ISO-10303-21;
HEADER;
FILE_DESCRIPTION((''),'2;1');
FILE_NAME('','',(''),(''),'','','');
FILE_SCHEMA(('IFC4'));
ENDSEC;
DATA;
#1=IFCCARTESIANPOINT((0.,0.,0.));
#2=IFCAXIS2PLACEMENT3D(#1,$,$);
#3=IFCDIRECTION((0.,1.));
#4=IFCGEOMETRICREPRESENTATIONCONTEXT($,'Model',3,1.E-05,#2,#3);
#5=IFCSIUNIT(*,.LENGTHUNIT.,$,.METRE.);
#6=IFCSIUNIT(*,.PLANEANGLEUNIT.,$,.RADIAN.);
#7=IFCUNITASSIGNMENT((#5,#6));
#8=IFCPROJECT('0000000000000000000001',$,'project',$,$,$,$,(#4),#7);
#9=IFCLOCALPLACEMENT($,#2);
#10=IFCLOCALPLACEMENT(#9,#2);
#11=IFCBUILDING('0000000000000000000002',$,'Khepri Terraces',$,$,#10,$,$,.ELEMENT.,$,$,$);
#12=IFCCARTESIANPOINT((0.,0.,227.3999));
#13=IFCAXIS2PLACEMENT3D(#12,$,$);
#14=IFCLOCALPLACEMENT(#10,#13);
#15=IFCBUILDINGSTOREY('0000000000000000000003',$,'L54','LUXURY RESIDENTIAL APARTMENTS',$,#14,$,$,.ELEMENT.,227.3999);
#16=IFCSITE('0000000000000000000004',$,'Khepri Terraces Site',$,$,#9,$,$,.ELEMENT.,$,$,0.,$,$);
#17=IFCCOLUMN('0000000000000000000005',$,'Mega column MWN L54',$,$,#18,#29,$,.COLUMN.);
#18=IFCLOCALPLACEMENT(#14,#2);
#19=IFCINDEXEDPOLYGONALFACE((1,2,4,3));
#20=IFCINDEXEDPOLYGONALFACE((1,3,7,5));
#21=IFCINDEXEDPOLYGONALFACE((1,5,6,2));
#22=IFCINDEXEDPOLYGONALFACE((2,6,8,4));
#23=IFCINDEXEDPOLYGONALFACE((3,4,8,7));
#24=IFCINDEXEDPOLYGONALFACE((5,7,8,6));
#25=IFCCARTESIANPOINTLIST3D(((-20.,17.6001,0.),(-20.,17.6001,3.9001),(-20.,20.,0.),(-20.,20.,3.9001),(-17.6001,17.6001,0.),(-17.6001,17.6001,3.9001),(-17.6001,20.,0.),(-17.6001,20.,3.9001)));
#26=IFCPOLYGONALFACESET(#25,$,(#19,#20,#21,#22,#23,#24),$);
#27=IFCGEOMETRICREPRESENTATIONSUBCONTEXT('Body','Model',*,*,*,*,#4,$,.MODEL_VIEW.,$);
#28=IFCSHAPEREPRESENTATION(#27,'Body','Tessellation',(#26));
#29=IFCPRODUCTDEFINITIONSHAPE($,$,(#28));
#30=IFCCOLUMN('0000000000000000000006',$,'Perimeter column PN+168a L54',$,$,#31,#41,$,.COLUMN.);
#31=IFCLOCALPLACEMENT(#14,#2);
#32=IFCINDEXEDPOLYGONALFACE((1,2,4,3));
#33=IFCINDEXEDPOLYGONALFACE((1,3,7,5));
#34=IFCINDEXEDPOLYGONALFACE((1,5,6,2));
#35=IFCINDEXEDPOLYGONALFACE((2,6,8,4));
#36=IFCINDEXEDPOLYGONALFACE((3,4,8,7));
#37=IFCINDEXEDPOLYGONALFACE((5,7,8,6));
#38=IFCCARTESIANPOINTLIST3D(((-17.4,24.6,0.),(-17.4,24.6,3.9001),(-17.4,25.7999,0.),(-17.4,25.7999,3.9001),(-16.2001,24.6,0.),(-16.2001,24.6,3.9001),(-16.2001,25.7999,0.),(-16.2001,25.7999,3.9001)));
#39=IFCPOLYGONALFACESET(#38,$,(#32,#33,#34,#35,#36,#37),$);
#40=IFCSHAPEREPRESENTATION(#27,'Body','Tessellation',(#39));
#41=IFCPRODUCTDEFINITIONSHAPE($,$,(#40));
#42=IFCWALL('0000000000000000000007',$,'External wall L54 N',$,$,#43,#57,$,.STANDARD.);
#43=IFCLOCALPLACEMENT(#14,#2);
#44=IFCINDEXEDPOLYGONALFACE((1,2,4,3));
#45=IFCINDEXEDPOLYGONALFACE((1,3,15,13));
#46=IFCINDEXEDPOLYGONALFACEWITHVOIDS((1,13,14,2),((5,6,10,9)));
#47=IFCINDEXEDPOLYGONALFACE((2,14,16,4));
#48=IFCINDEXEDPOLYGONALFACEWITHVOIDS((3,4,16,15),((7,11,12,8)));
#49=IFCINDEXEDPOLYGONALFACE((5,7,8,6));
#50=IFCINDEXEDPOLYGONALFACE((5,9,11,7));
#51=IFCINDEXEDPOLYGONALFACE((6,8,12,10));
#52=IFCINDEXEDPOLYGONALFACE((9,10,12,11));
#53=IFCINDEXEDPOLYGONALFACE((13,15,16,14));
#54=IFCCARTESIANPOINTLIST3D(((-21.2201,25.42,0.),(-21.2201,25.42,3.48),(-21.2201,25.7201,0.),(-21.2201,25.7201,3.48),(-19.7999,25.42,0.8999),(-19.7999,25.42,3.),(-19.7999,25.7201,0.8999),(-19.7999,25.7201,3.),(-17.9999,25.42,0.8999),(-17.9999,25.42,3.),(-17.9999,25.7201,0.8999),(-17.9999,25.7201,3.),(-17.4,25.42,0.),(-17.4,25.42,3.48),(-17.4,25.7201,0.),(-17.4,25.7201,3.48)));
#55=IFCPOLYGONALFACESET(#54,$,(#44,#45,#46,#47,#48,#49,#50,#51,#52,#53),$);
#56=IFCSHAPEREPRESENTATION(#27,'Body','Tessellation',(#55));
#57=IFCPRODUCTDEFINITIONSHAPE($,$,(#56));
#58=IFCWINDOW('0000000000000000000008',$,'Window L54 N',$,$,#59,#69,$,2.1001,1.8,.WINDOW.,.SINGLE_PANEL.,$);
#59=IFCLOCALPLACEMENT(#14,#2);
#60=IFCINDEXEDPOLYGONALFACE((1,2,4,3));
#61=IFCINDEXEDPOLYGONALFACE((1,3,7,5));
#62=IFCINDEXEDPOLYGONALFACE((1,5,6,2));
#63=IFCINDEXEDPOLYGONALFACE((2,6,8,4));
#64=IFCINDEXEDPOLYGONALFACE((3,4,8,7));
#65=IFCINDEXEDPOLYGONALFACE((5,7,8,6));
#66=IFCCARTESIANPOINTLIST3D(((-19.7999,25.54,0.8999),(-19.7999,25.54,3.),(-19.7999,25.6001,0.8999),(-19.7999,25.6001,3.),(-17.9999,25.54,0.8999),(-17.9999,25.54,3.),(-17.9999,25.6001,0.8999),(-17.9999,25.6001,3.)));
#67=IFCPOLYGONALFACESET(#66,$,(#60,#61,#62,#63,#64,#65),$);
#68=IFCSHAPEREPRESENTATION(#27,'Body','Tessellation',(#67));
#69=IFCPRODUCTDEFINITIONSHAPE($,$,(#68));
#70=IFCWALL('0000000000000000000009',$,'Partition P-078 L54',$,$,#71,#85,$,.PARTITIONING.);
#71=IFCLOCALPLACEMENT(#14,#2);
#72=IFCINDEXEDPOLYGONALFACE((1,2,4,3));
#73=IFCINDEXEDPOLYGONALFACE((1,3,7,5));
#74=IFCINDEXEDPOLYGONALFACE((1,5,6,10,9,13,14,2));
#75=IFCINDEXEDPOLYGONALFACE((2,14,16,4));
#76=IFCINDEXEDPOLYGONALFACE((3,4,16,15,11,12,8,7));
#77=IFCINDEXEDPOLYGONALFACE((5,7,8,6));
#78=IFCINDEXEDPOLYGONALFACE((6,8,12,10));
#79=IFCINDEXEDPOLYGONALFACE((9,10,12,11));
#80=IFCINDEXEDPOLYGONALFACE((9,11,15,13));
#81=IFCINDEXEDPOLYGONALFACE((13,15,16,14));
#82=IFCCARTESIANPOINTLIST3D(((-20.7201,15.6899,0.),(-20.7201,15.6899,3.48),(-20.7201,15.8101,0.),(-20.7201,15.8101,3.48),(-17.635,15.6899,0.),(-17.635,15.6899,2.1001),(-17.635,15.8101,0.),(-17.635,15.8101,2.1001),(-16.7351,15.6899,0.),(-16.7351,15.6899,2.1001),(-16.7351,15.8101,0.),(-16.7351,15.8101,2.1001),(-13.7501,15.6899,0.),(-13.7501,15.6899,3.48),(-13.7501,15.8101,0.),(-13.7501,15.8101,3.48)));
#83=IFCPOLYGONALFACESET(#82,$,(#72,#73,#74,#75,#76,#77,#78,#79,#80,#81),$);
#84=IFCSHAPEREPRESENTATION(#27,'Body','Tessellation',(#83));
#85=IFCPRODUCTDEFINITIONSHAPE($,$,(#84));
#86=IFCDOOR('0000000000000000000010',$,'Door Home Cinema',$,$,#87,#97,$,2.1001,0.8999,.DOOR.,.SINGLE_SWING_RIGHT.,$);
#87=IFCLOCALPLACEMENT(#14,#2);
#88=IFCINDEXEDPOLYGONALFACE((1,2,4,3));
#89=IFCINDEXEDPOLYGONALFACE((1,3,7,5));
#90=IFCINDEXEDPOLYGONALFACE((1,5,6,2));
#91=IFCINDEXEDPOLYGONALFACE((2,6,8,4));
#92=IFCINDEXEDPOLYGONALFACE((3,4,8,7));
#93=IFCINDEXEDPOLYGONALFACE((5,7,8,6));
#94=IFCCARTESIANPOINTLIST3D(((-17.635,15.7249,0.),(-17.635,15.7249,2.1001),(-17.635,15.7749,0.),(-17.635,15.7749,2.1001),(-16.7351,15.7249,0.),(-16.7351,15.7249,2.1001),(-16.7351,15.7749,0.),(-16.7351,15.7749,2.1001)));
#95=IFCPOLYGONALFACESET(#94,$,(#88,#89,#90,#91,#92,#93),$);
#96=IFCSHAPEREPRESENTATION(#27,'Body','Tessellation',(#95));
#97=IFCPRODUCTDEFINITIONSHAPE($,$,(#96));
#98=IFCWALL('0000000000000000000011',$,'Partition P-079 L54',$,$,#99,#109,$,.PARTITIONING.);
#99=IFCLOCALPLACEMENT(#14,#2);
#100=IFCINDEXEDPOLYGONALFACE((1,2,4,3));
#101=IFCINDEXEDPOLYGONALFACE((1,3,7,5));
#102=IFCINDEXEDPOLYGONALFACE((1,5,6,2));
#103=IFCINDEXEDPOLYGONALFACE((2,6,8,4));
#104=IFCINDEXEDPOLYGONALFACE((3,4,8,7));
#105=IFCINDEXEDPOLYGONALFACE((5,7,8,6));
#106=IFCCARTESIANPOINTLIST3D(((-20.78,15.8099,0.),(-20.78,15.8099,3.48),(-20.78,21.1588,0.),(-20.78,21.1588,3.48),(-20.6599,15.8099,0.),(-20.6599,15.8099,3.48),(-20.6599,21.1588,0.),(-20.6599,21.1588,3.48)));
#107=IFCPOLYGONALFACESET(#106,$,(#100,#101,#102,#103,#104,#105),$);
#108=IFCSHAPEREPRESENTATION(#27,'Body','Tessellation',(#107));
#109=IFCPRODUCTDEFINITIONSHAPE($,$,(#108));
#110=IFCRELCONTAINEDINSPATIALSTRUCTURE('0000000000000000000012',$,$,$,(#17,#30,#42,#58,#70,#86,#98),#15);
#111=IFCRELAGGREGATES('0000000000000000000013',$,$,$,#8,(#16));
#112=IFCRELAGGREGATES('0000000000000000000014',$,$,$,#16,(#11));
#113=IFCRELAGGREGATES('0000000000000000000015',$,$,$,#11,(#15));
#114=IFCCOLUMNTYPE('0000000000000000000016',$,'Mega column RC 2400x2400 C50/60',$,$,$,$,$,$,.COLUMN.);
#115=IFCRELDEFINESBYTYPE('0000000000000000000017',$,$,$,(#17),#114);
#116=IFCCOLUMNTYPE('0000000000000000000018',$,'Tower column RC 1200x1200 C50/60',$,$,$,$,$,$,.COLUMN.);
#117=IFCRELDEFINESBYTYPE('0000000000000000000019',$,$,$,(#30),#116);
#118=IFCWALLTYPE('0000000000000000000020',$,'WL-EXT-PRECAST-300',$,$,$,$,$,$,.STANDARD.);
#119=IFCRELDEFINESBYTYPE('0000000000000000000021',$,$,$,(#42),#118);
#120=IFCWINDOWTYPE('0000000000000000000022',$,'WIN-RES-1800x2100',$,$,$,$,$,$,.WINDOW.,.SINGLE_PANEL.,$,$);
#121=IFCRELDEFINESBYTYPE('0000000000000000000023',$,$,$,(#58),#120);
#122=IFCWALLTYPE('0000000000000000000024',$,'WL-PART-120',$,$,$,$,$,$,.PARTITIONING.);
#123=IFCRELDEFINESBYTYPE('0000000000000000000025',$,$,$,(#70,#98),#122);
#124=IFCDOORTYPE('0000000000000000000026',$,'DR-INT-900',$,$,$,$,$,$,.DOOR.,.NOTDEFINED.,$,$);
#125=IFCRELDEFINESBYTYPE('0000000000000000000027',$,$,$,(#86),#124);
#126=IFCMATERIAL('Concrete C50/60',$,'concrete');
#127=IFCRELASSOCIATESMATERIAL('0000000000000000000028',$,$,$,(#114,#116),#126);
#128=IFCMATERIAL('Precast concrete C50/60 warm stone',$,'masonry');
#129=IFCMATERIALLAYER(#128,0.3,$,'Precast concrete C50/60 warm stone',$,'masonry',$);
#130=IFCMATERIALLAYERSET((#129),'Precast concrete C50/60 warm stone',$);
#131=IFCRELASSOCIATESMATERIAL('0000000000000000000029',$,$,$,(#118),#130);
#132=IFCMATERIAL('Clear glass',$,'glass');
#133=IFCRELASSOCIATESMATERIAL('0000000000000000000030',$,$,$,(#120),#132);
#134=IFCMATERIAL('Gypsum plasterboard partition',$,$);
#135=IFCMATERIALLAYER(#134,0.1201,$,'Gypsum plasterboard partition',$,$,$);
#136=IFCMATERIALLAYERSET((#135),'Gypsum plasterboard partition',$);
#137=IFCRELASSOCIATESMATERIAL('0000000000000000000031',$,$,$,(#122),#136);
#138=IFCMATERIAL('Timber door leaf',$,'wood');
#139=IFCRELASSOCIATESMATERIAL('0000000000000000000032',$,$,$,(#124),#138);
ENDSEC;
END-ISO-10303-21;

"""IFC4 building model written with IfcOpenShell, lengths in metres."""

from ifc_helpers import new_model, si_unit, direction, frame, frame_2d, origin, origin_2d, place, context, subcontext, project, spatial, rectangle, extrude, material, layer, layer_set, material_profile, profile_set, type_object, element, fill, save


model = new_model("IFC4")

# Units and contexts
model_context = context("Model", 3, precision=1e-05, world=origin(), true_north=direction((0.0, 1.0)))
body_context = subcontext(model_context, "Body", "Model", "MODEL_VIEW")
ifc_project = project(units=[si_unit("LENGTHUNIT", "METRE"), si_unit("PLANEANGLEUNIT", "RADIAN")], contexts=[model_context])

# Site, building, storey
site_placement = place(None, origin())
site = spatial("IfcSite", under=ifc_project, at=site_placement, Name="Khepri Terraces Site", CompositionType="ELEMENT", RefElevation=0.0)
building_placement = place(site_placement, origin())
building = spatial("IfcBuilding", under=site, at=building_placement, Name="Khepri Terraces", CompositionType="ELEMENT")
storey_placement = place(building_placement, frame((0.0, 0.0, 227.3999)))
storey = spatial("IfcBuildingStorey", under=building, at=storey_placement, Name="L54", Description="LUXURY RESIDENTIAL APARTMENTS", CompositionType="ELEMENT", Elevation=227.3999)

# Columns
ifc_material_1 = material(Name="Concrete C50/60", Category="concrete")
ifc_material_profile_1 = material_profile(ifc_material_1, rectangle(XDim=2.3999, YDim=2.3999, at=origin_2d()), Name="Concrete C50/60", Category="concrete")
ifc_profile_set_1 = profile_set([ifc_material_profile_1], Name="Concrete C50/60")
column_type_1 = type_object("IfcColumnType", Name="Mega column RC 2400x2400 C50/60", PredefinedType="COLUMN", material=ifc_profile_set_1)
column_1_placement = place(storey_placement, frame((-18.8, 18.8, 0.0), z_axis=(0.0, 0.0, 1.0), x_axis=(1.0, 0.0, 0.0)))
element("IfcColumn", 1, at=column_1_placement, inside=storey, type_object=column_type_1, Name="Mega column MWN L54", PredefinedType="COLUMN", context=body_context, shape_type="SweptSolid", body=[
    extrude(rectangle(XDim=2.3999, YDim=2.3999, at=origin_2d()), origin(), (0.0, 0.0, 1.0), 3.9001),
])
ifc_material_profile_2 = material_profile(ifc_material_1, rectangle(XDim=1.2, YDim=1.2, at=origin_2d()), Name="Concrete C50/60", Category="concrete")
ifc_profile_set_2 = profile_set([ifc_material_profile_2], Name="Concrete C50/60")
column_type_2 = type_object("IfcColumnType", Name="Tower column RC 1200x1200 C50/60", PredefinedType="COLUMN", material=ifc_profile_set_2)
column_2_placement = place(storey_placement, frame((-16.8, 25.2, 0.0), z_axis=(0.0, 0.0, 1.0), x_axis=(1.0, 0.0, 0.0)))
element("IfcColumn", 2, at=column_2_placement, inside=storey, type_object=column_type_2, Name="Perimeter column PN+168a L54", PredefinedType="COLUMN", context=body_context, shape_type="SweptSolid", body=[
    extrude(rectangle(XDim=1.2, YDim=1.2, at=origin_2d()), origin(), (0.0, 0.0, 1.0), 3.9001),
])

# Wall, opening, window
ifc_material_2 = material(Name="Precast concrete C50/60 warm stone", Category="masonry")
ifc_layer_1 = layer(ifc_material_2, 0.3, Name="Precast concrete C50/60 warm stone", Category="masonry")
ifc_layer_set_1 = layer_set([ifc_layer_1], Name="Precast concrete C50/60 warm stone")
wall_type_1 = type_object("IfcWallType", Name="WL-EXT-PRECAST-300", PredefinedType="STANDARD", material=ifc_layer_set_1)
wall_1_placement = place(storey_placement, frame((-17.3999, 25.5701, 0.0), z_axis=(0.0, 0.0, 1.0), x_axis=(-1.0, 0.0, 0.0)))
wall_1 = element("IfcWall", 3, at=wall_1_placement, inside=storey, type_object=wall_type_1, Name="External wall L54 N", PredefinedType="STANDARD", context=body_context, shape_type="SweptSolid", body=[
    extrude(rectangle(XDim=3.8201, YDim=0.3, at=frame_2d((1.9102, 0.0))), origin(), (0.0, 0.0, 1.0), 3.48),
])
opening_1_placement = place(wall_1_placement, frame((0.6001, 0.0, 0.8999)))
opening_1 = element("IfcOpeningElement", 4, at=opening_1_placement, cuts=wall_1, PredefinedType="OPENING", context=body_context, shape_type="SweptSolid", body=[
    extrude(rectangle(XDim=1.8, YDim=2.1001, at=frame_2d((0.8999, 1.05))), frame((0.0, 0.1602, 0.0), z_axis=(0.0, -1.0, 0.0), x_axis=(1.0, 0.0, 0.0)), (0.0, 0.0, 1.0), 0.3201),
])
ifc_material_3 = material(Name="Clear glass", Category="glass")
window_type = type_object("IfcWindowType", Name="WIN-RES-1800x2100", PartitioningType="SINGLE_PANEL", PredefinedType="WINDOW", material=ifc_material_3)
window_placement = place(opening_1_placement, origin())
window = element("IfcWindow", 5, at=window_placement, inside=storey, type_object=window_type, Name="Window L54 N", OverallHeight=2.1001, OverallWidth=1.8, PartitioningType="SINGLE_PANEL", PredefinedType="WINDOW", context=body_context, shape_type="SweptSolid", body=[
    extrude(rectangle(XDim=1.8, YDim=2.1001, at=frame_2d((0.8999, 1.05))), frame((0.0, 0.03, 0.0), z_axis=(0.0, -1.0, 0.0), x_axis=(1.0, 0.0, 0.0)), (0.0, 0.0, 1.0), 0.0601),
])
fill(opening_1, window)

# Wall, opening, door
ifc_material_4 = material(Name="Gypsum plasterboard partition")
ifc_layer_2 = layer(ifc_material_4, 0.1201, Name="Gypsum plasterboard partition")
ifc_layer_set_2 = layer_set([ifc_layer_2], Name="Gypsum plasterboard partition")
wall_type_2 = type_object("IfcWallType", Name="WL-PART-120", PredefinedType="PARTITIONING", material=ifc_layer_set_2)
wall_2_placement = place(storey_placement, frame((-20.72, 15.75, 0.0), z_axis=(0.0, 0.0, 1.0), x_axis=(1.0, 0.0, 0.0)))
wall_2 = element("IfcWall", 6, at=wall_2_placement, inside=storey, type_object=wall_type_2, Name="Partition P-078 L54", PredefinedType="PARTITIONING", context=body_context, shape_type="SweptSolid", body=[
    extrude(rectangle(XDim=6.97, YDim=0.1201, at=frame_2d((3.4849, 0.0))), origin(), (0.0, 0.0, 1.0), 3.48),
])
opening_2_placement = place(wall_2_placement, frame((3.085, 0.0, 0.0)))
opening_2 = element("IfcOpeningElement", 7, at=opening_2_placement, cuts=wall_2, PredefinedType="OPENING", context=body_context, shape_type="SweptSolid", body=[
    extrude(rectangle(XDim=0.8999, YDim=2.1001, at=frame_2d((0.45, 1.05))), frame((0.0, 0.0701, 0.0), z_axis=(0.0, -1.0, 0.0), x_axis=(1.0, 0.0, 0.0)), (0.0, 0.0, 1.0), 0.1401),
])
ifc_material_5 = material(Name="Timber door leaf", Category="wood")
door_type_1 = type_object("IfcDoorType", Name="DR-INT-900", OperationType="NOTDEFINED", PredefinedType="DOOR", material=ifc_material_5)
door_1_placement = place(opening_2_placement, origin())
door_1 = element("IfcDoor", 8, at=door_1_placement, inside=storey, type_object=door_type_1, Name="Door Home Cinema", OperationType="SINGLE_SWING_RIGHT", OverallHeight=2.1001, OverallWidth=0.8999, PredefinedType="DOOR", context=body_context, shape_type="SweptSolid", body=[
    extrude(rectangle(XDim=0.8999, YDim=2.1001, at=frame_2d((0.45, 1.05))), frame((0.0, 0.0249, 0.0), z_axis=(0.0, -1.0, 0.0), x_axis=(1.0, 0.0, 0.0)), (0.0, 0.0, 1.0), 0.05),
])
fill(opening_2, door_1)

# Wall
wall_3_placement = place(storey_placement, frame((-20.72, 15.8101, 0.0), z_axis=(0.0, 0.0, 1.0), x_axis=(0.0, 1.0, 0.0)))
element("IfcWall", 9, at=wall_3_placement, inside=storey, type_object=wall_type_2, Name="Partition P-079 L54", PredefinedType="PARTITIONING", context=body_context, shape_type="SweptSolid", body=[
    extrude(rectangle(XDim=5.3489, YDim=0.1201, at=frame_2d((2.6743, 0.0))), origin(), (0.0, 0.0, 1.0), 3.48),
])

save(model, "model.ifc")
